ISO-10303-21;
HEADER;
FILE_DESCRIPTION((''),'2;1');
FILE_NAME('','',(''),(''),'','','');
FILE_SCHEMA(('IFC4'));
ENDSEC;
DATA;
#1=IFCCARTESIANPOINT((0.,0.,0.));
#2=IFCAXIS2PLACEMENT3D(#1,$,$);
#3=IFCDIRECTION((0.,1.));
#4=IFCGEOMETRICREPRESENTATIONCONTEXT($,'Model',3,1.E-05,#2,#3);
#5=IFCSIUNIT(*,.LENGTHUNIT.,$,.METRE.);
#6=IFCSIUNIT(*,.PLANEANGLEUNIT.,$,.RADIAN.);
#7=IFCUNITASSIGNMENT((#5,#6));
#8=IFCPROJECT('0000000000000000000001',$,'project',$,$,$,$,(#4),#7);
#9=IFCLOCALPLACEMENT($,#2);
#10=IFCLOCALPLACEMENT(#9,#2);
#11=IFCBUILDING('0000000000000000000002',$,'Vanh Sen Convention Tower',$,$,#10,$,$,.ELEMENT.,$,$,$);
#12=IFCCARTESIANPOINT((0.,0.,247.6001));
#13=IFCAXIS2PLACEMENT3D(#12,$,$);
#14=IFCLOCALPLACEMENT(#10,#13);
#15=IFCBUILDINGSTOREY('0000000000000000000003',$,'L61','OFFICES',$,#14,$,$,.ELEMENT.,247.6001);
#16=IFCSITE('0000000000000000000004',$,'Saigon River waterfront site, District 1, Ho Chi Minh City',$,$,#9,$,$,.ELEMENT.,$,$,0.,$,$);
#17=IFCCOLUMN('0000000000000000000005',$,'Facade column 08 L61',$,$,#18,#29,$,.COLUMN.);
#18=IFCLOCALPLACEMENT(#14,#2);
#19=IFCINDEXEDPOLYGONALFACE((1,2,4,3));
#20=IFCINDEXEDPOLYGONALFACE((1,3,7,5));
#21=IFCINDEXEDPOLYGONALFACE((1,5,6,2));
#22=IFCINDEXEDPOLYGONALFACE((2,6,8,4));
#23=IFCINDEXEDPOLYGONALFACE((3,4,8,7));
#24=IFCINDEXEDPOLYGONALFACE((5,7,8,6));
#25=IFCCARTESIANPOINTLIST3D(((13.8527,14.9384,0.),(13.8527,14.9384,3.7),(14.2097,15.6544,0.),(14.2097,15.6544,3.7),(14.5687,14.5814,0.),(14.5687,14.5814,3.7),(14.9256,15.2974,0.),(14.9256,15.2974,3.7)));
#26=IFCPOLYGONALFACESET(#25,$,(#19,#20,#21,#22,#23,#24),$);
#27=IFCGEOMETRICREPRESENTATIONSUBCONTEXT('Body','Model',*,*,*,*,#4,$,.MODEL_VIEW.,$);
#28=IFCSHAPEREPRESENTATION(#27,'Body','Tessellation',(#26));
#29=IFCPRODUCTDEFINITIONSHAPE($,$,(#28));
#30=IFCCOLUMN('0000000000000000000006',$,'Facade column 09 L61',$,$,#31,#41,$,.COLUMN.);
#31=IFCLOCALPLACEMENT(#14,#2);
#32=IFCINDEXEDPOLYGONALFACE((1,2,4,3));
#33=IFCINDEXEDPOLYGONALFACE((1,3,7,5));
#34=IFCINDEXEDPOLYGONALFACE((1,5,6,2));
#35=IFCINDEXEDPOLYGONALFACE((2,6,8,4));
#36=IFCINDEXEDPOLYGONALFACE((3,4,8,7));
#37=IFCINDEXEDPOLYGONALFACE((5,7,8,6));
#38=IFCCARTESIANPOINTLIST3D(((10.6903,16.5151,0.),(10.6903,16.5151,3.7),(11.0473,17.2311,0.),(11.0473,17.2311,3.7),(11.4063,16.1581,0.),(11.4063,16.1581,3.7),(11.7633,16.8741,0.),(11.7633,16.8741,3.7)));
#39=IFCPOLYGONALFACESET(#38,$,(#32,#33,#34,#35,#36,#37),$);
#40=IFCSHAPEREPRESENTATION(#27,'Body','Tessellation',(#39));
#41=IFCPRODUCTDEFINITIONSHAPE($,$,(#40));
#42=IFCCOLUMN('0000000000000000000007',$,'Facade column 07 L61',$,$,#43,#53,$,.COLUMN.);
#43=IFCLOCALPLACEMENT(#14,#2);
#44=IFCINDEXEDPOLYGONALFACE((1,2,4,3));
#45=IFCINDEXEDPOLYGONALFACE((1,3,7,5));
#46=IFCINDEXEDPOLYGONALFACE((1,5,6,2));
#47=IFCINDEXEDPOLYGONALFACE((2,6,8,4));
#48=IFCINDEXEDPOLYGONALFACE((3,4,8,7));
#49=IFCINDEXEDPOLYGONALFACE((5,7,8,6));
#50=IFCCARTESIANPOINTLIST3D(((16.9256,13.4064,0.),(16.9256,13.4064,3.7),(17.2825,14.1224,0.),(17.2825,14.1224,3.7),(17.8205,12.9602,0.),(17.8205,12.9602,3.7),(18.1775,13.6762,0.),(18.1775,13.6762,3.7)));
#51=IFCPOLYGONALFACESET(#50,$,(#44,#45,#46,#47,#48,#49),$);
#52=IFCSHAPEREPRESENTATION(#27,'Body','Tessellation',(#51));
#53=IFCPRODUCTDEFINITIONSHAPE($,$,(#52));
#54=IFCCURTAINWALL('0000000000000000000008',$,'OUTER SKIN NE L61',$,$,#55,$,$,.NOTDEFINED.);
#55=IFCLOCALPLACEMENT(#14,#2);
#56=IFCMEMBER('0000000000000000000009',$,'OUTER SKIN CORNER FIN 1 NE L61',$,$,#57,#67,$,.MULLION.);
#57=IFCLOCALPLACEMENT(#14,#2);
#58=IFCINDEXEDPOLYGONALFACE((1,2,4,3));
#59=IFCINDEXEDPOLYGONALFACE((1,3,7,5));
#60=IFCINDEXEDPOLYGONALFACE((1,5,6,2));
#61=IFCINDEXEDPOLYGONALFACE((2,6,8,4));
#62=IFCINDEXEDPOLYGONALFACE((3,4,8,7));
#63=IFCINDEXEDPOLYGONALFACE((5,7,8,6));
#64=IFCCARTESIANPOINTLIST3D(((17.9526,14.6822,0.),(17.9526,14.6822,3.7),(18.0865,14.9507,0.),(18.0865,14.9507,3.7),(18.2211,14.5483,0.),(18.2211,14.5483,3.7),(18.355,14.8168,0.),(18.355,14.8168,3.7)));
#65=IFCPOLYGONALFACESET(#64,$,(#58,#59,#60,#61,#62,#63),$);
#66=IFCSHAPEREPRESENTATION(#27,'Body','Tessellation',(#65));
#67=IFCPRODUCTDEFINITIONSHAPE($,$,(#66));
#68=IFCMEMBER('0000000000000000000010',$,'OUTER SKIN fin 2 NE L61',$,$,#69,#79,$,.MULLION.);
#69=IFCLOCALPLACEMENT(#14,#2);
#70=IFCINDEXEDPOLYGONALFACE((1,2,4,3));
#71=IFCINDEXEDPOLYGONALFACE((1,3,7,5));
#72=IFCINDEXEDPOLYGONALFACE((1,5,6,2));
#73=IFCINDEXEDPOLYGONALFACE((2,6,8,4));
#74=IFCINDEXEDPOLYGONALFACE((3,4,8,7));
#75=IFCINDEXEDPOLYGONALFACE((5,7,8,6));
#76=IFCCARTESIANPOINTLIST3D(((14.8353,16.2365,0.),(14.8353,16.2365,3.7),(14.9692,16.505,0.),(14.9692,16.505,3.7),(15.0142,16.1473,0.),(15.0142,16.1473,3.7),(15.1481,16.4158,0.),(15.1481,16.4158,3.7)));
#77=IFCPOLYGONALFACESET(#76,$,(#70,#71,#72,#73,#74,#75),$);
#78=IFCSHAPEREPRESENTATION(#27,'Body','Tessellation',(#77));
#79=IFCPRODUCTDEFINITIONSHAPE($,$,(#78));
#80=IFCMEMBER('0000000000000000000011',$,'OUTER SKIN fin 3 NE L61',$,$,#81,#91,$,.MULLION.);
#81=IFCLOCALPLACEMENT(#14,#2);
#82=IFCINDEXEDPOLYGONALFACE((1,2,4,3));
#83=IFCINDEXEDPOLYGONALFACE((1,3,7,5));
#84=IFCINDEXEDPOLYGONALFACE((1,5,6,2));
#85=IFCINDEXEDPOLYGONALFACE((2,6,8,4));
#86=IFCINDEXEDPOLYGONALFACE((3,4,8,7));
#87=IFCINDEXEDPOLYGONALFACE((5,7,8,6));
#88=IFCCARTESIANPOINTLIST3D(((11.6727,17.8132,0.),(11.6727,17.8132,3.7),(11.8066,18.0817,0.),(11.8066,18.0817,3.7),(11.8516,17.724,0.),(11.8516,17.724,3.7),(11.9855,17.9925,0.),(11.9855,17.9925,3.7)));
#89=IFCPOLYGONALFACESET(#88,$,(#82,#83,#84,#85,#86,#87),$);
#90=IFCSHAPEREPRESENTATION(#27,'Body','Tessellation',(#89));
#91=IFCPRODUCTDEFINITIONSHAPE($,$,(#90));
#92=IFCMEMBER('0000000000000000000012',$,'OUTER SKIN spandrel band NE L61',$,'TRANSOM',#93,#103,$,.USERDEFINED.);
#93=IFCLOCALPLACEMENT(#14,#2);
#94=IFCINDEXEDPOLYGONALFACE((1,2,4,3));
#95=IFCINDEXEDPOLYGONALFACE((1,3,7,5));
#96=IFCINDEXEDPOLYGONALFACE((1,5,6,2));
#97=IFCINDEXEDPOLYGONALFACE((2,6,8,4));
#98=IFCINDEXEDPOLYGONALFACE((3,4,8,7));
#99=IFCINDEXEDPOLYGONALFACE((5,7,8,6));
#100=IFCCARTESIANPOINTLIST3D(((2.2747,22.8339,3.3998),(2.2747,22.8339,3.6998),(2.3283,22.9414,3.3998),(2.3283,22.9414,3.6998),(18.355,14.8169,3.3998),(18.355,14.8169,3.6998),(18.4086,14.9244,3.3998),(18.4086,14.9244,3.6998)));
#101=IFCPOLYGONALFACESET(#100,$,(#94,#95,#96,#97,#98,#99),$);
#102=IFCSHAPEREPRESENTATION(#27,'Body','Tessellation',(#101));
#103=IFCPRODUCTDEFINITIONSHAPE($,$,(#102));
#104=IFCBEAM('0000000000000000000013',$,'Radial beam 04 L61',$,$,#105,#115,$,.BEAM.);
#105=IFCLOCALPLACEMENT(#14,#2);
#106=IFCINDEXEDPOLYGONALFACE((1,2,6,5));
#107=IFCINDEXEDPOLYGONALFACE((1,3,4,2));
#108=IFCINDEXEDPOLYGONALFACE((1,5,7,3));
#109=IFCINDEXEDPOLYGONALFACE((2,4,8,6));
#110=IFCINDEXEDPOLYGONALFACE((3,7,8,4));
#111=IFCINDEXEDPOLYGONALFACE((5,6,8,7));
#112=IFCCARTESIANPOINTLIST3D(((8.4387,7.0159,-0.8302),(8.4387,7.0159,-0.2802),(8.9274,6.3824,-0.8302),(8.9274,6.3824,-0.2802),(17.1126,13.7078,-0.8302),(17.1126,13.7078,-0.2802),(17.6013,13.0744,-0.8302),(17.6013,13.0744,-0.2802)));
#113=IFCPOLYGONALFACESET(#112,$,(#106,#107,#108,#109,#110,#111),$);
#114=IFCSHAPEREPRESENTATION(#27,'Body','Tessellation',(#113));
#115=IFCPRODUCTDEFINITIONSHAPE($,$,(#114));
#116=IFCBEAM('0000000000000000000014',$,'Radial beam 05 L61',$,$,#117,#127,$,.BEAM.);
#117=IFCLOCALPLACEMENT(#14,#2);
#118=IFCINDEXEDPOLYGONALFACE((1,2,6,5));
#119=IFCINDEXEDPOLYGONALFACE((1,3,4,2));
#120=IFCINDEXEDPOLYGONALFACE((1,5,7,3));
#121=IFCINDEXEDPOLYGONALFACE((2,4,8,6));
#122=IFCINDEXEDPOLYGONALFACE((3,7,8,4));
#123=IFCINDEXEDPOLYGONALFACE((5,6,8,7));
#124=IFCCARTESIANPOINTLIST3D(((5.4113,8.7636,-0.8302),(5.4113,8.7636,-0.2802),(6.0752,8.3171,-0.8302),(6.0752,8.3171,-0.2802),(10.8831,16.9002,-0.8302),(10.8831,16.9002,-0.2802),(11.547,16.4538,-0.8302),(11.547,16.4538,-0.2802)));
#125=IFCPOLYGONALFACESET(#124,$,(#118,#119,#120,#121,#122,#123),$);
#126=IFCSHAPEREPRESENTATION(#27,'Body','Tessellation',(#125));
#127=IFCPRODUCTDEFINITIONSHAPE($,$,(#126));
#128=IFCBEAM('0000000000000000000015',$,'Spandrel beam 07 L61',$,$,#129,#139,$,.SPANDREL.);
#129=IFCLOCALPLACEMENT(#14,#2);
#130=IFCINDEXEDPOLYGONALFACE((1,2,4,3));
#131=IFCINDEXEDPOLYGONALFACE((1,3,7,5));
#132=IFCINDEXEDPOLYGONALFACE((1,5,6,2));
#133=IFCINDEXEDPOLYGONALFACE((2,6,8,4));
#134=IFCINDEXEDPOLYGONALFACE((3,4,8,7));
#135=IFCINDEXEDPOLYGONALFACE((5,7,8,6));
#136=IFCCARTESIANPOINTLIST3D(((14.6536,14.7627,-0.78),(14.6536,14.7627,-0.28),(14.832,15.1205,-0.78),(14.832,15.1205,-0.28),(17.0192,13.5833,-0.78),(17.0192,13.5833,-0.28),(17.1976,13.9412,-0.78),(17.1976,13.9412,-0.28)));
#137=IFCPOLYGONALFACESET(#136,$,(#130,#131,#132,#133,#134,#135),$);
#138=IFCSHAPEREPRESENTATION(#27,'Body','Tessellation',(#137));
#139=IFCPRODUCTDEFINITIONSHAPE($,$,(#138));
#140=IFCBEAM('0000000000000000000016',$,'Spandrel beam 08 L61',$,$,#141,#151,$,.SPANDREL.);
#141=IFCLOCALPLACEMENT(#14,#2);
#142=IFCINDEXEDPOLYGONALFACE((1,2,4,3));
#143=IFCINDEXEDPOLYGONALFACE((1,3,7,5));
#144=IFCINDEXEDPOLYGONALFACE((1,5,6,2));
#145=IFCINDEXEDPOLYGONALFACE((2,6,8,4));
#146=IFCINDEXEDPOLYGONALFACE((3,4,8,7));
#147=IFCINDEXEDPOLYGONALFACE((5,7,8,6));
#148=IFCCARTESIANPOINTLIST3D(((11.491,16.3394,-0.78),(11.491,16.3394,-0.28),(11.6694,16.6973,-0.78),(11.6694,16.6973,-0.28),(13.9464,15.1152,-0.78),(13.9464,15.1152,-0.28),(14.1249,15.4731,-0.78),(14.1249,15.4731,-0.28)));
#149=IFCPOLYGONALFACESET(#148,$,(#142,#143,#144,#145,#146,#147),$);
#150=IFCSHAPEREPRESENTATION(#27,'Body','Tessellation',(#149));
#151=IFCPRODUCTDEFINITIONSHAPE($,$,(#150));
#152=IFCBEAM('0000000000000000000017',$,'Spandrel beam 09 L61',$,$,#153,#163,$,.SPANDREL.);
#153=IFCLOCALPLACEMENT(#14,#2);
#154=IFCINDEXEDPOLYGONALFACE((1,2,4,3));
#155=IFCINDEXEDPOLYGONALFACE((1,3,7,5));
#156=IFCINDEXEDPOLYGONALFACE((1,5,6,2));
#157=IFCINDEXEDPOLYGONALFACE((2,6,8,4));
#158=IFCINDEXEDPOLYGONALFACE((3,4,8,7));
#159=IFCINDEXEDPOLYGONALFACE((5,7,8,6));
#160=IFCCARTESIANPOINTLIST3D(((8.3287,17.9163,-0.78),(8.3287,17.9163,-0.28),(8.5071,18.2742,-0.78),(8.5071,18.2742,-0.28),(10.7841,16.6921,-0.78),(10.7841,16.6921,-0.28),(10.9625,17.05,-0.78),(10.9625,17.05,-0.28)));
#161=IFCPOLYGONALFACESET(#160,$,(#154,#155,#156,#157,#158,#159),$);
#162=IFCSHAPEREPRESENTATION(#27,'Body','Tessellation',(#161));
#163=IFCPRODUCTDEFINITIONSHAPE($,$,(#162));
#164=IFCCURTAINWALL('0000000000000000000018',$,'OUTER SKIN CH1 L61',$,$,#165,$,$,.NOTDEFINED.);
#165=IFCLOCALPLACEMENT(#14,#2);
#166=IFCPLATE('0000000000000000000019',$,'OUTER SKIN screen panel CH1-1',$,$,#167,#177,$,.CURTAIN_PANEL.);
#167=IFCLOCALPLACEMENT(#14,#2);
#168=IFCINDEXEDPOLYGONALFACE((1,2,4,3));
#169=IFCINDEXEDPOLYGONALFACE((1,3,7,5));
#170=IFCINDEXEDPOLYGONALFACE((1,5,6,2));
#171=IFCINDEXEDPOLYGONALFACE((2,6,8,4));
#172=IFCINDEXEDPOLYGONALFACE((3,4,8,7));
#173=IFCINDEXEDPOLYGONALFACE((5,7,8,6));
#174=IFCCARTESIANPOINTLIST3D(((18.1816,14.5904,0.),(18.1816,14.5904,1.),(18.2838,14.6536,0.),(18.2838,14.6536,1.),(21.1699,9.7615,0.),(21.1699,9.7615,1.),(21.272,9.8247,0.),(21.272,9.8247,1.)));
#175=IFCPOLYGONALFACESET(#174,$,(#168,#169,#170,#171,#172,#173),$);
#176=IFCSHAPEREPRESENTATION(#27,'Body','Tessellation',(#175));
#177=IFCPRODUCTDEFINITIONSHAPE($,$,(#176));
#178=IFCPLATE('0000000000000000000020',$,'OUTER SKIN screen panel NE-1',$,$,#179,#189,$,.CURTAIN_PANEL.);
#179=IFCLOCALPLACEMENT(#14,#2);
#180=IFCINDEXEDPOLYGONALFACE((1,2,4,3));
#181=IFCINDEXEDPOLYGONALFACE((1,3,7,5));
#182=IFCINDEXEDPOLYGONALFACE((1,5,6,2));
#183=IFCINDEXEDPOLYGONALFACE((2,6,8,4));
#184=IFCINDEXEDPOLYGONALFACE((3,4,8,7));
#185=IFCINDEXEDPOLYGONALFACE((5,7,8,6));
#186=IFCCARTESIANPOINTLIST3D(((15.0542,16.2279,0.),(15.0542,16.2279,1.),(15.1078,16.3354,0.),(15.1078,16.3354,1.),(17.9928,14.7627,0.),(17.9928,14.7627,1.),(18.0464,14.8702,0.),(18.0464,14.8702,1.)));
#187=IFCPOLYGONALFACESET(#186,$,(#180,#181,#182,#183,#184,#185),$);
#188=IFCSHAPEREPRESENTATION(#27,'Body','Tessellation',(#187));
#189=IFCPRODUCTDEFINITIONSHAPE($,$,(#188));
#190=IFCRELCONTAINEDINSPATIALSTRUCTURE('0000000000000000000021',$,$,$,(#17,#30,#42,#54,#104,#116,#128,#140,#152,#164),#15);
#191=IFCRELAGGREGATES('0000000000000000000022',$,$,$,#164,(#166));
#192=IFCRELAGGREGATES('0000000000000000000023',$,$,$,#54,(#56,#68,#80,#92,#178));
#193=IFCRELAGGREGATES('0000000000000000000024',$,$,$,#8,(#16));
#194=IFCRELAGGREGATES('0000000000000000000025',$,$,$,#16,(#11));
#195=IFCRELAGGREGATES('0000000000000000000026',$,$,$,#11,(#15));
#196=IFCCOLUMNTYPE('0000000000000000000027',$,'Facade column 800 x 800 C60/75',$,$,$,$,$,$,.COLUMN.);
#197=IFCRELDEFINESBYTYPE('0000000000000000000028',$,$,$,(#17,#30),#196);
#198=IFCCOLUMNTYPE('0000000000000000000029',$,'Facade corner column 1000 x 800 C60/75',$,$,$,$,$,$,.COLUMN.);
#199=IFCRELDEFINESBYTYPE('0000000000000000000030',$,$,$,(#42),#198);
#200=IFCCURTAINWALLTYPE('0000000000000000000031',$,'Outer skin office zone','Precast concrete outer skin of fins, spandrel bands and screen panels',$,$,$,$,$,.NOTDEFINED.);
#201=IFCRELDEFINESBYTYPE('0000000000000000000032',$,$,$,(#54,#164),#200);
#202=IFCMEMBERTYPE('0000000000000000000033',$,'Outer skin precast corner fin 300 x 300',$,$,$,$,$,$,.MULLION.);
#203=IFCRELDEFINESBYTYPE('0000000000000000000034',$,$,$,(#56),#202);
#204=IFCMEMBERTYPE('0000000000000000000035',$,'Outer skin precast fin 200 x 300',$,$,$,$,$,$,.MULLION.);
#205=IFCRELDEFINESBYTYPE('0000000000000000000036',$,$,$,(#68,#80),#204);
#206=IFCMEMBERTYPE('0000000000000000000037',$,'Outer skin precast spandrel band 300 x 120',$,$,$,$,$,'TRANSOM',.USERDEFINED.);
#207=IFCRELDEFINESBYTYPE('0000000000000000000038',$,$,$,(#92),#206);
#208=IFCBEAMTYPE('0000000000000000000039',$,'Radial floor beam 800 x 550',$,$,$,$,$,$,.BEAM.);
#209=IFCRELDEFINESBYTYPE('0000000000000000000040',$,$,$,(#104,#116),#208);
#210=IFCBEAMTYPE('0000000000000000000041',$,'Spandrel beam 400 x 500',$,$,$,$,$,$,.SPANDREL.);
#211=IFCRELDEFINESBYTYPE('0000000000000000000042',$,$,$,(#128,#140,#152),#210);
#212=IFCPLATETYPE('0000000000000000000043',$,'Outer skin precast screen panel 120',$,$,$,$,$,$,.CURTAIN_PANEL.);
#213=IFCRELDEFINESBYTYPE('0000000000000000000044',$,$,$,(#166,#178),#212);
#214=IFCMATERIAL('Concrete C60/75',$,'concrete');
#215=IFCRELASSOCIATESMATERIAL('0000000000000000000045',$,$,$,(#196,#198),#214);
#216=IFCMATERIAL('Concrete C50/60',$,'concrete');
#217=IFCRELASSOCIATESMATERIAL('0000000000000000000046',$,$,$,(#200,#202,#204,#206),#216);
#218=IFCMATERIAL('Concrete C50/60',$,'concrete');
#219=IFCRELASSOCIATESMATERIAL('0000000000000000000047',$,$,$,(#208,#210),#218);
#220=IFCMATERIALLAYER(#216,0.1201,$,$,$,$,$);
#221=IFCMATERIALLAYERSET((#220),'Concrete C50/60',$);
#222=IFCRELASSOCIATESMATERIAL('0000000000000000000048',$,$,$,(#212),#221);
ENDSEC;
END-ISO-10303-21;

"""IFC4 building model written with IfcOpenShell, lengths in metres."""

from ifc_helpers import new_model, si_unit, direction, frame, origin, origin_2d, place, context, subcontext, project, spatial, rectangle, extrude, material, layer, layer_set, material_profile, profile_set, type_object, element, aggregate, save


model = new_model("IFC4")

# Units and contexts
model_context = context("Model", 3, precision=1e-05, world=origin(), true_north=direction((0.0, 1.0)))
body_context = subcontext(model_context, "Body", "Model", "MODEL_VIEW")
ifc_project = project(units=[si_unit("LENGTHUNIT", "METRE"), si_unit("PLANEANGLEUNIT", "RADIAN")], contexts=[model_context])

# Site, building, storey
site_placement = place(None, origin())
site = spatial("IfcSite", under=ifc_project, at=site_placement, Name="Saigon River waterfront site, District 1, Ho Chi Minh City", CompositionType="ELEMENT", RefElevation=0.0)
building_placement = place(site_placement, origin())
building = spatial("IfcBuilding", under=site, at=building_placement, Name="Vanh Sen Convention Tower", CompositionType="ELEMENT")
storey_placement = place(building_placement, frame((0.0, 0.0, 247.6001)))
storey = spatial("IfcBuildingStorey", under=building, at=storey_placement, Name="L61", Description="OFFICES", CompositionType="ELEMENT", Elevation=247.6001)

# Columns
ifc_material_1 = material(Name="Concrete C60/75", Category="concrete")
ifc_material_profile_1 = material_profile(ifc_material_1, rectangle(XDim=0.8, YDim=0.8, at=origin_2d()), Name="RC 800X800")
ifc_profile_set_1 = profile_set([ifc_material_profile_1], Name="Concrete C60/75")
column_type_1 = type_object("IfcColumnType", Name="Facade column 800 x 800 C60/75", PredefinedType="COLUMN", material=ifc_profile_set_1)
for number, where, z_axis, x_axis, name in (
    (1, (14.3892, 15.1179, 0.0), (0.0, 0.0, 1.0), (-0.894934, 0.446198, 0.0), "Facade column 08 L61"),
    (2, (11.2268, 16.6946, 0.0), (0.0, 0.0, 1.0), (-0.894934, 0.446198, 0.0), "Facade column 09 L61"),
):
    element("IfcColumn", number, at=place(storey_placement, frame(where, z_axis=z_axis, x_axis=x_axis)), inside=storey, type_object=column_type_1, Name=name, PredefinedType="COLUMN", context=body_context, shape_type="SweptSolid", body=[
        extrude(rectangle(XDim=0.8, YDim=0.8, at=origin_2d()), origin(), (0.0, 0.0, 1.0), 3.7),
    ])
ifc_material_profile_2 = material_profile(ifc_material_1, rectangle(XDim=1.0, YDim=0.8, at=origin_2d()), Name="RC 1000X800")
ifc_profile_set_2 = profile_set([ifc_material_profile_2], Name="Concrete C60/75")
column_type_2 = type_object("IfcColumnType", Name="Facade corner column 1000 x 800 C60/75", PredefinedType="COLUMN", material=ifc_profile_set_2)
column_placement = place(storey_placement, frame((17.5515, 13.5413, 0.0), z_axis=(0.0, 0.0, 1.0), x_axis=(-0.894934, 0.446198, 0.0)))
element("IfcColumn", 3, at=column_placement, inside=storey, type_object=column_type_2, Name="Facade column 07 L61", PredefinedType="COLUMN", context=body_context, shape_type="SweptSolid", body=[
    extrude(rectangle(XDim=1.0, YDim=0.8, at=origin_2d()), origin(), (0.0, 0.0, 1.0), 3.7),
])

# Curtain wall, members
ifc_material_2 = material(Name="Concrete C50/60", Category="concrete")
curtain_wall_type = type_object("IfcCurtainWallType", Name="Outer skin office zone", Description="Precast concrete outer skin of fins, spandrel bands and screen panels", PredefinedType="NOTDEFINED", material=ifc_material_2)
curtain_wall_1_placement = place(storey_placement, origin())
curtain_wall_1 = element("IfcCurtainWall", 4, at=curtain_wall_1_placement, inside=storey, type_object=curtain_wall_type, Name="OUTER SKIN NE L61", PredefinedType="NOTDEFINED")
ifc_material_profile_3 = material_profile(ifc_material_2, rectangle(XDim=0.3, YDim=0.3, at=origin_2d()), Name="Outer skin precast corner fin 300 x 300")
ifc_profile_set_3 = profile_set([ifc_material_profile_3], Name="Concrete C50/60")
member_type_1 = type_object("IfcMemberType", Name="Outer skin precast corner fin 300 x 300", PredefinedType="MULLION", material=ifc_profile_set_3)
member_1_placement = place(storey_placement, frame((18.1538, 14.7495, 0.0), z_axis=(0.0, 0.0, 1.0), x_axis=(-0.894934, 0.446198, 0.0)))
member_1 = element("IfcMember", 5, at=member_1_placement, type_object=member_type_1, Name="OUTER SKIN CORNER FIN 1 NE L61", PredefinedType="MULLION", context=body_context, shape_type="SweptSolid", body=[
    extrude(rectangle(XDim=0.3, YDim=0.3, at=origin_2d()), origin(), (0.0, 0.0, 1.0), 3.7),
])
ifc_material_profile_4 = material_profile(ifc_material_2, rectangle(XDim=0.2, YDim=0.3, at=origin_2d()), Name="Outer skin precast fin 200 x 300")
ifc_profile_set_4 = profile_set([ifc_material_profile_4], Name="Concrete C50/60")
member_type_2 = type_object("IfcMemberType", Name="Outer skin precast fin 200 x 300", PredefinedType="MULLION", material=ifc_profile_set_4)
member_2_placement = place(storey_placement, frame((14.9917, 16.3262, 0.0), z_axis=(0.0, 0.0, 1.0), x_axis=(-0.894934, 0.446198, 0.0)))
member_2 = element("IfcMember", 6, at=member_2_placement, type_object=member_type_2, Name="OUTER SKIN fin 2 NE L61", PredefinedType="MULLION", context=body_context, shape_type="SweptSolid", body=[
    extrude(rectangle(XDim=0.2, YDim=0.3, at=origin_2d()), origin(), (0.0, 0.0, 1.0), 3.7),
])
member_3_placement = place(storey_placement, frame((11.8291, 17.9028, 0.0), z_axis=(0.0, 0.0, 1.0), x_axis=(-0.894934, 0.446198, 0.0)))
member_3 = element("IfcMember", 7, at=member_3_placement, type_object=member_type_2, Name="OUTER SKIN fin 3 NE L61", PredefinedType="MULLION", context=body_context, shape_type="SweptSolid", body=[
    extrude(rectangle(XDim=0.2, YDim=0.3, at=origin_2d()), origin(), (0.0, 0.0, 1.0), 3.7),
])
ifc_material_profile_5 = material_profile(ifc_material_2, rectangle(XDim=0.1201, YDim=0.3, at=origin_2d()), Name="Outer skin precast spandrel band 300 x 120")
ifc_profile_set_5 = profile_set([ifc_material_profile_5], Name="Concrete C50/60")
member_type_3 = type_object("IfcMemberType", Name="Outer skin precast spandrel band 300 x 120", ElementType="TRANSOM", PredefinedType="USERDEFINED", material=ifc_profile_set_5)
member_4_placement = place(storey_placement, frame((18.3818, 14.8706, 3.5498), z_axis=(-0.89494, 0.446186, 0.0), x_axis=(-0.446186, -0.89494, 0.0)))
member_4 = element("IfcMember", 8, at=member_4_placement, type_object=member_type_3, Name="OUTER SKIN spandrel band NE L61", ObjectType="TRANSOM", PredefinedType="USERDEFINED", context=body_context, shape_type="SweptSolid", body=[
    extrude(rectangle(XDim=0.1201, YDim=0.3, at=origin_2d()), origin(), (0.0, 0.0, 1.0), 17.968),
])

# Beams
ifc_material_3 = material(Name="Concrete C50/60", Category="concrete")
ifc_material_profile_6 = material_profile(ifc_material_3, rectangle(XDim=0.8, YDim=0.55, at=origin_2d()), Name="RC 800X550")
ifc_profile_set_6 = profile_set([ifc_material_profile_6], Name="Concrete C50/60")
beam_type_1 = type_object("IfcBeamType", Name="Radial floor beam 800 x 550", PredefinedType="BEAM", material=ifc_profile_set_6)
beam_1_placement = place(storey_placement, frame((17.3569, 13.3911, -0.5552), z_axis=(-0.791753, -0.610841, 0.0), x_axis=(0.610841, -0.791753, 0.0)))
element("IfcBeam", 9, at=beam_1_placement, inside=storey, type_object=beam_type_1, Name="Radial beam 04 L61", PredefinedType="BEAM", context=body_context, shape_type="SweptSolid", body=[
    extrude(rectangle(XDim=0.8, YDim=0.55, at=origin_2d()), origin(), (0.0, 0.0, 1.0), 10.9553),
])
beam_2_placement = place(storey_placement, frame((11.2151, 16.677, -0.5552), z_axis=(-0.558045, -0.82981, 0.0), x_axis=(0.82981, -0.558045, 0.0)))
element("IfcBeam", 10, at=beam_2_placement, inside=storey, type_object=beam_type_1, Name="Radial beam 05 L61", PredefinedType="BEAM", context=body_context, shape_type="SweptSolid", body=[
    extrude(rectangle(XDim=0.8, YDim=0.55, at=origin_2d()), origin(), (0.0, 0.0, 1.0), 9.8054),
])
ifc_material_profile_7 = material_profile(ifc_material_3, rectangle(XDim=0.3999, YDim=0.5, at=origin_2d()), Name="RC 400X500")
ifc_profile_set_7 = profile_set([ifc_material_profile_7], Name="Concrete C50/60")
beam_type_2 = type_object("IfcBeamType", Name="Spandrel beam 400 x 500", PredefinedType="SPANDREL", material=ifc_profile_set_7)
beam_3_placement = place(storey_placement, frame((17.1084, 13.7622, -0.53), z_axis=(-0.894944, 0.446179, 0.0), x_axis=(-0.446179, -0.894944, 0.0)))
element("IfcBeam", 11, at=beam_3_placement, inside=storey, type_object=beam_type_2, Name="Spandrel beam 07 L61", PredefinedType="SPANDREL", context=body_context, shape_type="SweptSolid", body=[
    extrude(rectangle(XDim=0.3999, YDim=0.5, at=origin_2d()), origin(), (0.0, 0.0, 1.0), 2.6433),
])
for number, where, z_axis, x_axis, name in (
    (12, (14.0356, 15.2942, -0.53), (-0.894943, 0.446181, 0.0), (-0.446181, -0.894943, 0.0), "Spandrel beam 08 L61"),
    (13, (10.8733, 16.8711, -0.53), (-0.894943, 0.446181, 0.0), (-0.446181, -0.894943, 0.0), "Spandrel beam 09 L61"),
):
    element("IfcBeam", number, at=place(storey_placement, frame(where, z_axis=z_axis, x_axis=x_axis)), inside=storey, type_object=beam_type_2, Name=name, PredefinedType="SPANDREL", context=body_context, shape_type="SweptSolid", body=[
        extrude(rectangle(XDim=0.3999, YDim=0.5, at=origin_2d()), origin(), (0.0, 0.0, 1.0), 2.7437),
    ])

# Curtain wall, plate
curtain_wall_2_placement = place(storey_placement, origin())
curtain_wall_2 = element("IfcCurtainWall", 14, at=curtain_wall_2_placement, inside=storey, type_object=curtain_wall_type, Name="OUTER SKIN CH1 L61", PredefinedType="NOTDEFINED")
ifc_layer_1 = layer(ifc_material_2, 0.1201)
ifc_layer_set_1 = layer_set([ifc_layer_1], Name="Concrete C50/60")
plate_type = type_object("IfcPlateType", Name="Outer skin precast screen panel 120", PredefinedType="CURTAIN_PANEL", material=ifc_layer_set_1)
plate_1_placement = place(storey_placement, frame((19.7268, 12.2075, 0.0), z_axis=(0.0, 0.0, 1.0), x_axis=(-0.526217, 0.85035, 0.0)))
plate_1 = element("IfcPlate", 15, at=plate_1_placement, type_object=plate_type, Name="OUTER SKIN screen panel CH1-1", PredefinedType="CURTAIN_PANEL", context=body_context, shape_type="SweptSolid", body=[
    extrude(rectangle(XDim=5.6787, YDim=0.1201, at=origin_2d()), origin(), (0.0, 0.0, 1.0), 1.0),
])
aggregate(curtain_wall_2, [plate_1])

# Plate
plate_2_placement = place(storey_placement, frame((16.5503, 15.5491, 0.0), z_axis=(0.0, 0.0, 1.0), x_axis=(-0.89493, 0.446206, 0.0)))
plate_2 = element("IfcPlate", 16, at=plate_2_placement, type_object=plate_type, Name="OUTER SKIN screen panel NE-1", PredefinedType="CURTAIN_PANEL", context=body_context, shape_type="SweptSolid", body=[
    extrude(rectangle(XDim=3.2837, YDim=0.1201, at=origin_2d()), origin(), (0.0, 0.0, 1.0), 1.0),
])
aggregate(curtain_wall_1, [member_1, member_2, member_3, member_4, plate_2])

save(model, "model.ifc")
